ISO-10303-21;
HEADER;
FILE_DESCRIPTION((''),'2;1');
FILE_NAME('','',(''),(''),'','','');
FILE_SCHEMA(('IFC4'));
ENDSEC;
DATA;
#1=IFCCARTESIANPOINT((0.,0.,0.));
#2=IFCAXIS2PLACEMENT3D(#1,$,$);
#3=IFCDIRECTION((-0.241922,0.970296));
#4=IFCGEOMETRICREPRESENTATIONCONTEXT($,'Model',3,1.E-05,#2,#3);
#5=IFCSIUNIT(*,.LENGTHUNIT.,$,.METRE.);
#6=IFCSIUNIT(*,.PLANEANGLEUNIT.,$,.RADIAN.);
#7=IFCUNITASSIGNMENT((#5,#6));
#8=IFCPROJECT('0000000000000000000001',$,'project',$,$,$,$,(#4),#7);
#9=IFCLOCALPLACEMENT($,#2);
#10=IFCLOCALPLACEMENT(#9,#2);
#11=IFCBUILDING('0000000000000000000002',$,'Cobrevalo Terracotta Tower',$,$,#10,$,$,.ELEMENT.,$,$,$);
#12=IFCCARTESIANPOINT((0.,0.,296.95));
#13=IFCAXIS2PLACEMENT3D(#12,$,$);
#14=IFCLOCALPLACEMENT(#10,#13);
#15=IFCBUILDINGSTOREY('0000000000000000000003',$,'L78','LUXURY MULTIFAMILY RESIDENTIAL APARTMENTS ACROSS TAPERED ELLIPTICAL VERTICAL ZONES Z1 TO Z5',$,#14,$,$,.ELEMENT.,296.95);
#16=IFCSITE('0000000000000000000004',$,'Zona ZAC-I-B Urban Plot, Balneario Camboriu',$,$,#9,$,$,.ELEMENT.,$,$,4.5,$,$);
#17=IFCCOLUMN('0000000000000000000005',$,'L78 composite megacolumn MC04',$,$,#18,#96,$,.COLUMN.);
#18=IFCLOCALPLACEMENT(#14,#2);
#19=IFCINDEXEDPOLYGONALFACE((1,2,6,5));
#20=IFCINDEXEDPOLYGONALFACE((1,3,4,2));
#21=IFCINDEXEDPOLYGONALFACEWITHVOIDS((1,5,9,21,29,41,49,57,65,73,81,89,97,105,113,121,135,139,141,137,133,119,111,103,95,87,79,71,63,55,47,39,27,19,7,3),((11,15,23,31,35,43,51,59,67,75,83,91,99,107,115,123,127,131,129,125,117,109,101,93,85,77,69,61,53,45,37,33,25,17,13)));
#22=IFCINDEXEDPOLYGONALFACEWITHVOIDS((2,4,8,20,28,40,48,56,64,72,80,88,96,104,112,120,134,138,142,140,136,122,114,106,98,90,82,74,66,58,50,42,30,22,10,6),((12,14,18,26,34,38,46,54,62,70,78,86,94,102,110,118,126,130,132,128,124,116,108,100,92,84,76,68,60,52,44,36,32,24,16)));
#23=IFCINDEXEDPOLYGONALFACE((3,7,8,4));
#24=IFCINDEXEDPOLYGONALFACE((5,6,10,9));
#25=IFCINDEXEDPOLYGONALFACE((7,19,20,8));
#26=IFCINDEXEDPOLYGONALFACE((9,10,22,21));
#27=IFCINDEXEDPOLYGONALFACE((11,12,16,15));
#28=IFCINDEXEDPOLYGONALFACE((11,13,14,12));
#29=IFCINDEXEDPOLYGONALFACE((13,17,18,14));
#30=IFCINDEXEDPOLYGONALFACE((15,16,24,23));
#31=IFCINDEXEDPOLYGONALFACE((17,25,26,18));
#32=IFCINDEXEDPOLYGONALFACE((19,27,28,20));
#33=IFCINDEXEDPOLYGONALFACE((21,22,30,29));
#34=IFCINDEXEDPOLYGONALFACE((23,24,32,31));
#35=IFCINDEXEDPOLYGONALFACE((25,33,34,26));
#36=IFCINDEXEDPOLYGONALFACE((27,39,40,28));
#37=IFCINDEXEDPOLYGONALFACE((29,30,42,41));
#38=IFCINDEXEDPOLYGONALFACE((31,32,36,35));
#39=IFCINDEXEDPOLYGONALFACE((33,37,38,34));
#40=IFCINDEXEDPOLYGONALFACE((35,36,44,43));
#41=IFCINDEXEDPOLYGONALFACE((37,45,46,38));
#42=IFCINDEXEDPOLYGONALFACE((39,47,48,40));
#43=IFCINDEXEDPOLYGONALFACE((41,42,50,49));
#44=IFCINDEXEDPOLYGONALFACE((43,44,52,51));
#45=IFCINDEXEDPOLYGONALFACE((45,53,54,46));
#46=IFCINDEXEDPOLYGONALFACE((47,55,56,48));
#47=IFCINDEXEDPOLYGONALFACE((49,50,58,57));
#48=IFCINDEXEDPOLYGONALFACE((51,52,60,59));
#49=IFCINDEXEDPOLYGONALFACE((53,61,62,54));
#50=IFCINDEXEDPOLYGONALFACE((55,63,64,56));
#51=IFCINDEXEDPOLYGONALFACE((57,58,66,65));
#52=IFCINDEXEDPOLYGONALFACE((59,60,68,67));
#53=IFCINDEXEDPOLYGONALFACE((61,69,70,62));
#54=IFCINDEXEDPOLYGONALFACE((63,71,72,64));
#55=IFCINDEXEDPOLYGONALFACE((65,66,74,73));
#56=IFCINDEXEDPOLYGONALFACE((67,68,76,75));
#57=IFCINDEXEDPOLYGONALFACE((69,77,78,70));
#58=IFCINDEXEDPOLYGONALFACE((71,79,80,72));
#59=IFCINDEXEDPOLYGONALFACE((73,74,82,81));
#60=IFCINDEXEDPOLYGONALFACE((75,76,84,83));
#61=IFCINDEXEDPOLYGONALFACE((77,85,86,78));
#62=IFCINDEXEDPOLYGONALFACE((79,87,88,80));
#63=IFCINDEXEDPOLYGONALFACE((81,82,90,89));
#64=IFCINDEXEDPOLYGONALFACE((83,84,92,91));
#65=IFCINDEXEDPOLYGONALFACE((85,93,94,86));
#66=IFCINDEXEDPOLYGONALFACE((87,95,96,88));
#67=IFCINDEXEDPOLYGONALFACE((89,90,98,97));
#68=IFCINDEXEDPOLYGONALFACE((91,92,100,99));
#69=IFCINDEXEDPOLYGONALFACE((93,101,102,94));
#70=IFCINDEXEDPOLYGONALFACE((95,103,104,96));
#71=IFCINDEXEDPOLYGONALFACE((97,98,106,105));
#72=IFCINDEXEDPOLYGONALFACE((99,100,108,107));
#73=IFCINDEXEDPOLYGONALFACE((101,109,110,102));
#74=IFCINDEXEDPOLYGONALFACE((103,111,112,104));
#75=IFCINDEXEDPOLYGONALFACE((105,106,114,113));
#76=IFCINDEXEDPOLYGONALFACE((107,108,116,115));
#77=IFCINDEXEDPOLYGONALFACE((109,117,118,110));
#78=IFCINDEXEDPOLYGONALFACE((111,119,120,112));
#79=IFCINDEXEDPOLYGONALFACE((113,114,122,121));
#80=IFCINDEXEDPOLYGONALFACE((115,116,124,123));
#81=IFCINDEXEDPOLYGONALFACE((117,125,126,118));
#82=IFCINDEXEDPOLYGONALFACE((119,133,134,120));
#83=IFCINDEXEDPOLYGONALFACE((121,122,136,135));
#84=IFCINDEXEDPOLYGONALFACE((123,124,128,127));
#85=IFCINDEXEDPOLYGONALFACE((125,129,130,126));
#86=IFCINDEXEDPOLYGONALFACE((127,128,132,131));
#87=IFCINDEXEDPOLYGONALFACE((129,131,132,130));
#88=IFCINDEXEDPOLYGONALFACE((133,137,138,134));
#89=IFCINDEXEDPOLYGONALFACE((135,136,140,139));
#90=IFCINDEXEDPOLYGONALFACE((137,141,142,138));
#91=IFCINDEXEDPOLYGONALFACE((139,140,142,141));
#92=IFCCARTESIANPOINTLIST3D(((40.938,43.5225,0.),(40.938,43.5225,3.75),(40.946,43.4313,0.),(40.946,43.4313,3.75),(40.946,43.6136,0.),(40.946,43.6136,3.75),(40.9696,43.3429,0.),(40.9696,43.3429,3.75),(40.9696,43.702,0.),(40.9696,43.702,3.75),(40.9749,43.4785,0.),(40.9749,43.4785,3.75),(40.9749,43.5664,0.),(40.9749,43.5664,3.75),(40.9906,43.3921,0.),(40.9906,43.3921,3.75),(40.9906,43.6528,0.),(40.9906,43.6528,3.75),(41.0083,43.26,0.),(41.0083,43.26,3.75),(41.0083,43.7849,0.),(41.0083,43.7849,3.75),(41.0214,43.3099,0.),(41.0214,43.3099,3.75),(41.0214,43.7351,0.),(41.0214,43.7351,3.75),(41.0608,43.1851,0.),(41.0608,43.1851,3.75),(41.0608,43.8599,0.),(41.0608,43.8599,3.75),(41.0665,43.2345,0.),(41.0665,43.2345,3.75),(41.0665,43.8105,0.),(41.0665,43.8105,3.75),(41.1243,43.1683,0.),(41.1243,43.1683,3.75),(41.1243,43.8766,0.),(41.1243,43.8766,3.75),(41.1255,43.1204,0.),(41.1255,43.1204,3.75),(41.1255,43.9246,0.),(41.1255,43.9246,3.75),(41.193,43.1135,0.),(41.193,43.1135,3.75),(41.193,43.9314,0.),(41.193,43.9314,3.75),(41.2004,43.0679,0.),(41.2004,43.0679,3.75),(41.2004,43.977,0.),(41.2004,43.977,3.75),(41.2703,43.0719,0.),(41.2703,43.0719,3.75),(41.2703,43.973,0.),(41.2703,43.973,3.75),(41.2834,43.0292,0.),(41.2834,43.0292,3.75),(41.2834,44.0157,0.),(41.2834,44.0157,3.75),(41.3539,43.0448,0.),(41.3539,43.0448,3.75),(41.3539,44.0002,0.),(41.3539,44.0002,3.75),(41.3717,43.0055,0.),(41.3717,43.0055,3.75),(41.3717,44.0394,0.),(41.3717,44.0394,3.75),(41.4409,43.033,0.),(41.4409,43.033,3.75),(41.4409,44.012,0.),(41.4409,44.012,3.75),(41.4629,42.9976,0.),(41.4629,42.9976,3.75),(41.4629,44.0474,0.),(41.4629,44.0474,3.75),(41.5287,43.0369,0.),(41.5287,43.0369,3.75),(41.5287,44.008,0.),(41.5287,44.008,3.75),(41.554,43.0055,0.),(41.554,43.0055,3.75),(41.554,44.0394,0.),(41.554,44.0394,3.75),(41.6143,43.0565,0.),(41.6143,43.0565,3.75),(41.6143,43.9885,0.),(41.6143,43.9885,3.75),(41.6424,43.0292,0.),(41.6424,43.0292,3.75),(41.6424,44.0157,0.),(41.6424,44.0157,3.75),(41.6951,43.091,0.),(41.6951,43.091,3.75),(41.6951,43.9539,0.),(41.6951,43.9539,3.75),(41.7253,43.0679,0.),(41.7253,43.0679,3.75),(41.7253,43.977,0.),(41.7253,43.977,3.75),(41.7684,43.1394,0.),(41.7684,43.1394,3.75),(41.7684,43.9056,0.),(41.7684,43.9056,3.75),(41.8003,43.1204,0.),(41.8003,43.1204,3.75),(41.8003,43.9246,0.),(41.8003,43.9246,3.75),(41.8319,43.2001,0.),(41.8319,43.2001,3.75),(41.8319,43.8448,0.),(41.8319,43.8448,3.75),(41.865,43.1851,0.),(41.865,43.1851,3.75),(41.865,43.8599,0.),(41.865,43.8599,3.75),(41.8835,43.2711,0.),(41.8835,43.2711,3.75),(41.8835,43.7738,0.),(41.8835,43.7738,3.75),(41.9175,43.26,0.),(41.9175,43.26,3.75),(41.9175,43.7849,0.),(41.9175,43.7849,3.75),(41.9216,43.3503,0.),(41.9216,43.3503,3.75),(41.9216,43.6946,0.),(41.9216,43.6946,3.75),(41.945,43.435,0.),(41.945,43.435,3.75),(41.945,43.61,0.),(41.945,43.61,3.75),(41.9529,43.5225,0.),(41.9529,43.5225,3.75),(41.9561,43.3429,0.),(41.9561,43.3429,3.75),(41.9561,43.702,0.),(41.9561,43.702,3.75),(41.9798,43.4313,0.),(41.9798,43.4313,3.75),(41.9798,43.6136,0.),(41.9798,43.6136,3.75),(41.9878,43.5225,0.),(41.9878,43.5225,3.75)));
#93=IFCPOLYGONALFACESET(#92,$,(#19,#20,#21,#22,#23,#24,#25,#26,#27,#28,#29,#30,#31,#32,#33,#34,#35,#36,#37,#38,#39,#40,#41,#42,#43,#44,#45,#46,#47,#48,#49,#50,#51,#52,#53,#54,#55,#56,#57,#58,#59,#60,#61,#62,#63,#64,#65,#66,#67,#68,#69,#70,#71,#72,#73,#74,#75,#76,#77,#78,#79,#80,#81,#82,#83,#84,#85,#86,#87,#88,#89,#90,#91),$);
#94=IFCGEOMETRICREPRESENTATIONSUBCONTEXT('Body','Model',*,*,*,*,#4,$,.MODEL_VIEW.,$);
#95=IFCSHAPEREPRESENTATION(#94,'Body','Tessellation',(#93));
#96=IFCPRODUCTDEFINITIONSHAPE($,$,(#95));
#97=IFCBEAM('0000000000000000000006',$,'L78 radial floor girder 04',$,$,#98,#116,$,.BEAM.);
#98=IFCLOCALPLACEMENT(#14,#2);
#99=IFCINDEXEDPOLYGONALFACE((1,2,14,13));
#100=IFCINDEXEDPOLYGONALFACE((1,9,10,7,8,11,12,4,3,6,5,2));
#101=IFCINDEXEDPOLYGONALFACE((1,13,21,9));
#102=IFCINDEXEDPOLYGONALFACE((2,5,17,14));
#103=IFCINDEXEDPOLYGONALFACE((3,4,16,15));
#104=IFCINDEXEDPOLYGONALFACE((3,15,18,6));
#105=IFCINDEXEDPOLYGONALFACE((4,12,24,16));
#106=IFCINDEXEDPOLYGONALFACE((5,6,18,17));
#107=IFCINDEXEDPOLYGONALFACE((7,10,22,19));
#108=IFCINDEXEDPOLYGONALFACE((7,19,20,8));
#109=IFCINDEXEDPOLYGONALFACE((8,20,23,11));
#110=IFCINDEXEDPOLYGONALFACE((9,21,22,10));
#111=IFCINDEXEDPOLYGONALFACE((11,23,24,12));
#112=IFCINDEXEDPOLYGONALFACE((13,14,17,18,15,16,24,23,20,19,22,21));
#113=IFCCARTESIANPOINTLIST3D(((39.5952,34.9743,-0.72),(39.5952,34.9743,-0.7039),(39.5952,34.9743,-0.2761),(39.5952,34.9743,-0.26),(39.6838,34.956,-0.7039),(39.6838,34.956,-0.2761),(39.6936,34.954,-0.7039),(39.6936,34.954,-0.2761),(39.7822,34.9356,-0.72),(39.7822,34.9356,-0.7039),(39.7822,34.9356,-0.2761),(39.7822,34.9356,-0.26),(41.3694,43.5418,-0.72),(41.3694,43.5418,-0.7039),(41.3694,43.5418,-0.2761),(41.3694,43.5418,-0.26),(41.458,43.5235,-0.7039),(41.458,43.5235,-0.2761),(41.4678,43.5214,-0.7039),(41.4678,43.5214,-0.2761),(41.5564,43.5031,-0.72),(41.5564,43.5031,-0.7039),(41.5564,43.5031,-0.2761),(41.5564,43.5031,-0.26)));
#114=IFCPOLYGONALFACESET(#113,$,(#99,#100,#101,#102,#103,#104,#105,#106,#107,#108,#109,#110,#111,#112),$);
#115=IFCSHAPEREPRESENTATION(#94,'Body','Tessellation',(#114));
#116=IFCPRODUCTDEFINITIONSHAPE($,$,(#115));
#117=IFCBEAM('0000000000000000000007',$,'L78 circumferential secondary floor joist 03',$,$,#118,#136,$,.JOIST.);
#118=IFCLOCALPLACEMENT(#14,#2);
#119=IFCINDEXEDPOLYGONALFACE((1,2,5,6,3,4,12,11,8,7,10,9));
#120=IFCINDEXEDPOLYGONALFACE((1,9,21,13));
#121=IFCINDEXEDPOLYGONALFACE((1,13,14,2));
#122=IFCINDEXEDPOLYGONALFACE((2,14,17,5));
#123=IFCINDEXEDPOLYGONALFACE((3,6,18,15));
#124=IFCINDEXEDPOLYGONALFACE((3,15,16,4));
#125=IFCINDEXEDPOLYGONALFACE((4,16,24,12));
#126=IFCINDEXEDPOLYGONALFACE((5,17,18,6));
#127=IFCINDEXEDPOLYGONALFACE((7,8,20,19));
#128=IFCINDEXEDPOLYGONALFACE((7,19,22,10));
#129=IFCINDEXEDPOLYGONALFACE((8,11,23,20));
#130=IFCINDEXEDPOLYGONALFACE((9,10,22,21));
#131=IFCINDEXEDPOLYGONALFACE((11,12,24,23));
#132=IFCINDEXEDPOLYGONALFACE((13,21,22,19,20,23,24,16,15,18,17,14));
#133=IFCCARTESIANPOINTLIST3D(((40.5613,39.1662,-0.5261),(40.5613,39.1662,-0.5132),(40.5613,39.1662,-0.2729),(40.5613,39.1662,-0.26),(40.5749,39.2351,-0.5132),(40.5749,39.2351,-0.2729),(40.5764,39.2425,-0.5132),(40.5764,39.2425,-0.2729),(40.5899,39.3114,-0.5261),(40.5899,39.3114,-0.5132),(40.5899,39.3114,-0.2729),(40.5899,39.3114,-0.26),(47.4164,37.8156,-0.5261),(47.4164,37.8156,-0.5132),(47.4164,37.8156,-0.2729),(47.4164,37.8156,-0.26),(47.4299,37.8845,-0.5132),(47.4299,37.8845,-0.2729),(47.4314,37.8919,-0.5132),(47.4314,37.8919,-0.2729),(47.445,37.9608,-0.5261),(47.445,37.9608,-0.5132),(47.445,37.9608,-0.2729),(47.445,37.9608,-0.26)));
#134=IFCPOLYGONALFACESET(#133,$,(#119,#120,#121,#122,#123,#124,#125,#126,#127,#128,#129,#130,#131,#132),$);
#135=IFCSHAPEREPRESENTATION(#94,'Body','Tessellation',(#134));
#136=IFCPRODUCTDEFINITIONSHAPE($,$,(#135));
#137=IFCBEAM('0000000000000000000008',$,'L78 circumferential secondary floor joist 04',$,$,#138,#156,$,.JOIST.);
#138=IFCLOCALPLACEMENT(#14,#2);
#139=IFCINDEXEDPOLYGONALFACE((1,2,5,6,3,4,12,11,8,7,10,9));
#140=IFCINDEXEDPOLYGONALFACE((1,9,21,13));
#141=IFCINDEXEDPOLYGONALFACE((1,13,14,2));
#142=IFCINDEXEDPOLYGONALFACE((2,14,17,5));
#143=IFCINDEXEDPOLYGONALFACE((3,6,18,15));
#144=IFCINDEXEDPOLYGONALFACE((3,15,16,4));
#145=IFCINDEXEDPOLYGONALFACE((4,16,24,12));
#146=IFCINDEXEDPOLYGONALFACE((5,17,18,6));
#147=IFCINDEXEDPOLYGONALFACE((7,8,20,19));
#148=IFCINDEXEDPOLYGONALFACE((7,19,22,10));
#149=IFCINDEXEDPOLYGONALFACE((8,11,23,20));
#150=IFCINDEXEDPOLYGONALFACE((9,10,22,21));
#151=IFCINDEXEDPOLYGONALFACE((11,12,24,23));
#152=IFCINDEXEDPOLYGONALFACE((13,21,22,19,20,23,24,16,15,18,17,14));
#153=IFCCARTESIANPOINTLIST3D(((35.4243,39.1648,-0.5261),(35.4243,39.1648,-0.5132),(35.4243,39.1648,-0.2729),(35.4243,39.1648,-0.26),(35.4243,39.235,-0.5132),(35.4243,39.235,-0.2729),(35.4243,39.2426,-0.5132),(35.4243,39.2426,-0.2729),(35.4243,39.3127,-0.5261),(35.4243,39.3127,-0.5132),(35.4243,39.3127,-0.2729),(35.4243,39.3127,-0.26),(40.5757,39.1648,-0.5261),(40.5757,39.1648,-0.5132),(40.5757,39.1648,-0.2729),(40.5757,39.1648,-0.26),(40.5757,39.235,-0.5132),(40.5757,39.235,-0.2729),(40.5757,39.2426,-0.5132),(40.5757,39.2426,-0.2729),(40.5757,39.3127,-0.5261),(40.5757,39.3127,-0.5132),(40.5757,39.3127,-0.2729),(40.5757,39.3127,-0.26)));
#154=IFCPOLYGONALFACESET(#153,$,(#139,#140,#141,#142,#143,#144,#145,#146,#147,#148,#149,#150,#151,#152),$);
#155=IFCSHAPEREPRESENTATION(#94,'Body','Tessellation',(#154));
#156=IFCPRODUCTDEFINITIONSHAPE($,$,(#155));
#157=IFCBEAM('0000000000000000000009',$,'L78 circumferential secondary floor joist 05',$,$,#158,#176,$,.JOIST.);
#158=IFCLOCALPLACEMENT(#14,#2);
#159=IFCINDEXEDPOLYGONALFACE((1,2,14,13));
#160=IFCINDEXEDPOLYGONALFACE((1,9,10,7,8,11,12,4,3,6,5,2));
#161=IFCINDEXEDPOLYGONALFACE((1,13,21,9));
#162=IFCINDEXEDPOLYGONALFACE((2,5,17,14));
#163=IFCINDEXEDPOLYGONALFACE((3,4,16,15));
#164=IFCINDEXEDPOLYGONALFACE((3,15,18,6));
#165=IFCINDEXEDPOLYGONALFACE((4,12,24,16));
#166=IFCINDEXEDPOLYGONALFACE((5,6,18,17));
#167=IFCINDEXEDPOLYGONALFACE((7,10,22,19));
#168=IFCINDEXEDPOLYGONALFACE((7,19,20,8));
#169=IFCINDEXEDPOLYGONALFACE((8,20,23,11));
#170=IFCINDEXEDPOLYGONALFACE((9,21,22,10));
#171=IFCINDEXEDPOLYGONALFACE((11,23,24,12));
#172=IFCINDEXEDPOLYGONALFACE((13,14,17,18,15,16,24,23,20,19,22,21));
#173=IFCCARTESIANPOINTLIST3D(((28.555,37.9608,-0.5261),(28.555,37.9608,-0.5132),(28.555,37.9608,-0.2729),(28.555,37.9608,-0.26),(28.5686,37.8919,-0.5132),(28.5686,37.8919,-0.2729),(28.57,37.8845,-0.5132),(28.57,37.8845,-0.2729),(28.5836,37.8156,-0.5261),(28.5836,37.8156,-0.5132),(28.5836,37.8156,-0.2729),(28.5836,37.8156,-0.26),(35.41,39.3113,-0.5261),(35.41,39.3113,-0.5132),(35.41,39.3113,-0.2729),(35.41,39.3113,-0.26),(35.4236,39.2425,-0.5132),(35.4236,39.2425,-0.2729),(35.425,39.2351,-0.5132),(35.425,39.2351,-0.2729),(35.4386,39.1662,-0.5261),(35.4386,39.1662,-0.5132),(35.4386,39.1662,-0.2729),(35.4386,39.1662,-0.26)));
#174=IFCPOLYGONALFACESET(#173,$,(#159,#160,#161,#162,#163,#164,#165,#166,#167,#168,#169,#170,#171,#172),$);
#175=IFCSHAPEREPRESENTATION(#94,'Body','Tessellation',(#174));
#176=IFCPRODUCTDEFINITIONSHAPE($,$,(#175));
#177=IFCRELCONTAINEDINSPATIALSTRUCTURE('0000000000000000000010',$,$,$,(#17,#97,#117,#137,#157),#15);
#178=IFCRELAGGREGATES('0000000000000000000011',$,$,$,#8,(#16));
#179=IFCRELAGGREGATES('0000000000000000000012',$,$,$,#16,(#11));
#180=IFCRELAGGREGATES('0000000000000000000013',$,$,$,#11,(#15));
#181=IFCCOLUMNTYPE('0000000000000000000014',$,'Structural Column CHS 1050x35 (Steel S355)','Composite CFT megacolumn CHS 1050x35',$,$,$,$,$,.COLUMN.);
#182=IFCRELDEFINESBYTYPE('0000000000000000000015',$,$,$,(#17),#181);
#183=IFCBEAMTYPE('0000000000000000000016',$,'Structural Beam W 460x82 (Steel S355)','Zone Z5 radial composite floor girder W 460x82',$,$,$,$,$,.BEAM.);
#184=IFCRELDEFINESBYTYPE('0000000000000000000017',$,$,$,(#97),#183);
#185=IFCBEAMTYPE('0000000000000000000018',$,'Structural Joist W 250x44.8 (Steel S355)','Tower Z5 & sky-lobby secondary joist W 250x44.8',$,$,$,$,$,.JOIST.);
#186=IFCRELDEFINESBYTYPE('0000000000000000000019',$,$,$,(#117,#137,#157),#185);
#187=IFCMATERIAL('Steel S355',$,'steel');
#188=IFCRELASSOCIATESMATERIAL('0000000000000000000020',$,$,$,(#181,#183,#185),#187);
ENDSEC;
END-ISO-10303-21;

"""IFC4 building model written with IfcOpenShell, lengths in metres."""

from ifc_helpers import new_model, si_unit, direction, frame, origin, origin_2d, place, context, subcontext, project, spatial, hollow_circle, i_section, extrude, material, material_profile, profile_set, type_object, element, save


model = new_model("IFC4")

# Units and contexts
model_context = context("Model", 3, precision=1e-05, world=origin(), true_north=direction((-0.241922, 0.970296)))
body_context = subcontext(model_context, "Body", "Model", "MODEL_VIEW")
ifc_project = project(units=[si_unit("LENGTHUNIT", "METRE"), si_unit("PLANEANGLEUNIT", "RADIAN")], contexts=[model_context])

# Site, building, storey
site_placement = place(None, origin())
site = spatial("IfcSite", under=ifc_project, at=site_placement, Name="Zona ZAC-I-B Urban Plot, Balneario Camboriu", CompositionType="ELEMENT", RefElevation=4.5)
building_placement = place(site_placement, origin())
building = spatial("IfcBuilding", under=site, at=building_placement, Name="Cobrevalo Terracotta Tower", CompositionType="ELEMENT")
storey_placement = place(building_placement, frame((0.0, 0.0, 296.95)))
storey = spatial("IfcBuildingStorey", under=building, at=storey_placement, Name="L78", Description="LUXURY MULTIFAMILY RESIDENTIAL APARTMENTS ACROSS TAPERED ELLIPTICAL VERTICAL ZONES Z1 TO Z5", CompositionType="ELEMENT", Elevation=296.95)

# Column
ifc_material_1 = material(Name="Steel S355", Category="steel")
ifc_material_profile_1 = material_profile(ifc_material_1, hollow_circle(Radius=0.5249, WallThickness=0.0349, at=origin_2d()), Name="CHS 1050x35")
ifc_profile_set_1 = profile_set([ifc_material_profile_1], Name="Steel S355")
column_type = type_object("IfcColumnType", Name="Structural Column CHS 1050x35 (Steel S355)", Description="Composite CFT megacolumn CHS 1050x35", PredefinedType="COLUMN", material=ifc_profile_set_1)
column_placement = place(storey_placement, frame((41.4629, 43.5225, 0.0), z_axis=(0.0, 0.0, 1.0), x_axis=(1.0, 0.0, 0.0)))
element("IfcColumn", 1, at=column_placement, inside=storey, type_object=column_type, Name="L78 composite megacolumn MC04", PredefinedType="COLUMN", context=body_context, shape_type="SweptSolid", body=[
    extrude(hollow_circle(Radius=0.5249, WallThickness=0.0349, at=origin_2d()), origin(), (0.0, 0.0, 1.0), 3.75),
])

# Beams
ifc_material_profile_2 = material_profile(ifc_material_1, i_section(OverallWidth=0.1909, OverallDepth=0.46, WebThickness=0.01, FlangeThickness=0.0161, at=origin_2d()), Name="W 460x82")
ifc_profile_set_2 = profile_set([ifc_material_profile_2], Name="Steel S355")
beam_type_1 = type_object("IfcBeamType", Name="Structural Beam W 460x82 (Steel S355)", Description="Zone Z5 radial composite floor girder W 460x82", PredefinedType="BEAM", material=ifc_profile_set_2)
beam_1_placement = place(storey_placement, frame((41.4629, 43.5225, -0.49), z_axis=(-0.202782, -0.979224, 0.0), x_axis=(0.979224, -0.202782, 0.0)))
element("IfcBeam", 2, at=beam_1_placement, inside=storey, type_object=beam_type_1, Name="L78 radial floor girder 04", PredefinedType="BEAM", context=body_context, shape_type="SweptSolid", body=[
    extrude(i_section(OverallWidth=0.1909, OverallDepth=0.46, WebThickness=0.01, FlangeThickness=0.0161, at=origin_2d()), origin(), (0.0, 0.0, 1.0), 8.7493),
])
ifc_material_profile_3 = material_profile(ifc_material_1, i_section(OverallWidth=0.1479, OverallDepth=0.2661, WebThickness=0.0076, FlangeThickness=0.0129, at=origin_2d()), Name="W 250x44.8")
ifc_profile_set_3 = profile_set([ifc_material_profile_3], Name="Steel S355")
beam_type_2 = type_object("IfcBeamType", Name="Structural Joist W 250x44.8 (Steel S355)", Description="Tower Z5 & sky-lobby secondary joist W 250x44.8", PredefinedType="JOIST", material=ifc_profile_set_3)
beam_2_placement = place(storey_placement, frame((47.4307, 37.8882, -0.3931), z_axis=(-0.981138, 0.193306, 0.0), x_axis=(-0.193306, -0.981138, 0.0)))
element("IfcBeam", 3, at=beam_2_placement, inside=storey, type_object=beam_type_2, Name="L78 circumferential secondary floor joist 03", PredefinedType="JOIST", context=body_context, shape_type="SweptSolid", body=[
    extrude(i_section(OverallWidth=0.1479, OverallDepth=0.2661, WebThickness=0.0076, FlangeThickness=0.0129, at=origin_2d()), origin(), (0.0, 0.0, 1.0), 6.9868),
])
beam_3_placement = place(storey_placement, frame((40.5757, 39.2388, -0.3931), z_axis=(-1.0, 0.0, 0.0), x_axis=(0.0, -1.0, 0.0)))
element("IfcBeam", 4, at=beam_3_placement, inside=storey, type_object=beam_type_2, Name="L78 circumferential secondary floor joist 04", PredefinedType="JOIST", context=body_context, shape_type="SweptSolid", body=[
    extrude(i_section(OverallWidth=0.1479, OverallDepth=0.2661, WebThickness=0.0076, FlangeThickness=0.0129, at=origin_2d()), origin(), (0.0, 0.0, 1.0), 5.1514),
])
beam_4_placement = place(storey_placement, frame((35.4243, 39.2388, -0.3931), z_axis=(-0.981138, -0.193306, 0.0), x_axis=(0.193306, -0.981138, 0.0)))
element("IfcBeam", 5, at=beam_4_placement, inside=storey, type_object=beam_type_2, Name="L78 circumferential secondary floor joist 05", PredefinedType="JOIST", context=body_context, shape_type="SweptSolid", body=[
    extrude(i_section(OverallWidth=0.1479, OverallDepth=0.2661, WebThickness=0.0076, FlangeThickness=0.0129, at=origin_2d()), origin(), (0.0, 0.0, 1.0), 6.9868),
])

save(model, "model.ifc")
